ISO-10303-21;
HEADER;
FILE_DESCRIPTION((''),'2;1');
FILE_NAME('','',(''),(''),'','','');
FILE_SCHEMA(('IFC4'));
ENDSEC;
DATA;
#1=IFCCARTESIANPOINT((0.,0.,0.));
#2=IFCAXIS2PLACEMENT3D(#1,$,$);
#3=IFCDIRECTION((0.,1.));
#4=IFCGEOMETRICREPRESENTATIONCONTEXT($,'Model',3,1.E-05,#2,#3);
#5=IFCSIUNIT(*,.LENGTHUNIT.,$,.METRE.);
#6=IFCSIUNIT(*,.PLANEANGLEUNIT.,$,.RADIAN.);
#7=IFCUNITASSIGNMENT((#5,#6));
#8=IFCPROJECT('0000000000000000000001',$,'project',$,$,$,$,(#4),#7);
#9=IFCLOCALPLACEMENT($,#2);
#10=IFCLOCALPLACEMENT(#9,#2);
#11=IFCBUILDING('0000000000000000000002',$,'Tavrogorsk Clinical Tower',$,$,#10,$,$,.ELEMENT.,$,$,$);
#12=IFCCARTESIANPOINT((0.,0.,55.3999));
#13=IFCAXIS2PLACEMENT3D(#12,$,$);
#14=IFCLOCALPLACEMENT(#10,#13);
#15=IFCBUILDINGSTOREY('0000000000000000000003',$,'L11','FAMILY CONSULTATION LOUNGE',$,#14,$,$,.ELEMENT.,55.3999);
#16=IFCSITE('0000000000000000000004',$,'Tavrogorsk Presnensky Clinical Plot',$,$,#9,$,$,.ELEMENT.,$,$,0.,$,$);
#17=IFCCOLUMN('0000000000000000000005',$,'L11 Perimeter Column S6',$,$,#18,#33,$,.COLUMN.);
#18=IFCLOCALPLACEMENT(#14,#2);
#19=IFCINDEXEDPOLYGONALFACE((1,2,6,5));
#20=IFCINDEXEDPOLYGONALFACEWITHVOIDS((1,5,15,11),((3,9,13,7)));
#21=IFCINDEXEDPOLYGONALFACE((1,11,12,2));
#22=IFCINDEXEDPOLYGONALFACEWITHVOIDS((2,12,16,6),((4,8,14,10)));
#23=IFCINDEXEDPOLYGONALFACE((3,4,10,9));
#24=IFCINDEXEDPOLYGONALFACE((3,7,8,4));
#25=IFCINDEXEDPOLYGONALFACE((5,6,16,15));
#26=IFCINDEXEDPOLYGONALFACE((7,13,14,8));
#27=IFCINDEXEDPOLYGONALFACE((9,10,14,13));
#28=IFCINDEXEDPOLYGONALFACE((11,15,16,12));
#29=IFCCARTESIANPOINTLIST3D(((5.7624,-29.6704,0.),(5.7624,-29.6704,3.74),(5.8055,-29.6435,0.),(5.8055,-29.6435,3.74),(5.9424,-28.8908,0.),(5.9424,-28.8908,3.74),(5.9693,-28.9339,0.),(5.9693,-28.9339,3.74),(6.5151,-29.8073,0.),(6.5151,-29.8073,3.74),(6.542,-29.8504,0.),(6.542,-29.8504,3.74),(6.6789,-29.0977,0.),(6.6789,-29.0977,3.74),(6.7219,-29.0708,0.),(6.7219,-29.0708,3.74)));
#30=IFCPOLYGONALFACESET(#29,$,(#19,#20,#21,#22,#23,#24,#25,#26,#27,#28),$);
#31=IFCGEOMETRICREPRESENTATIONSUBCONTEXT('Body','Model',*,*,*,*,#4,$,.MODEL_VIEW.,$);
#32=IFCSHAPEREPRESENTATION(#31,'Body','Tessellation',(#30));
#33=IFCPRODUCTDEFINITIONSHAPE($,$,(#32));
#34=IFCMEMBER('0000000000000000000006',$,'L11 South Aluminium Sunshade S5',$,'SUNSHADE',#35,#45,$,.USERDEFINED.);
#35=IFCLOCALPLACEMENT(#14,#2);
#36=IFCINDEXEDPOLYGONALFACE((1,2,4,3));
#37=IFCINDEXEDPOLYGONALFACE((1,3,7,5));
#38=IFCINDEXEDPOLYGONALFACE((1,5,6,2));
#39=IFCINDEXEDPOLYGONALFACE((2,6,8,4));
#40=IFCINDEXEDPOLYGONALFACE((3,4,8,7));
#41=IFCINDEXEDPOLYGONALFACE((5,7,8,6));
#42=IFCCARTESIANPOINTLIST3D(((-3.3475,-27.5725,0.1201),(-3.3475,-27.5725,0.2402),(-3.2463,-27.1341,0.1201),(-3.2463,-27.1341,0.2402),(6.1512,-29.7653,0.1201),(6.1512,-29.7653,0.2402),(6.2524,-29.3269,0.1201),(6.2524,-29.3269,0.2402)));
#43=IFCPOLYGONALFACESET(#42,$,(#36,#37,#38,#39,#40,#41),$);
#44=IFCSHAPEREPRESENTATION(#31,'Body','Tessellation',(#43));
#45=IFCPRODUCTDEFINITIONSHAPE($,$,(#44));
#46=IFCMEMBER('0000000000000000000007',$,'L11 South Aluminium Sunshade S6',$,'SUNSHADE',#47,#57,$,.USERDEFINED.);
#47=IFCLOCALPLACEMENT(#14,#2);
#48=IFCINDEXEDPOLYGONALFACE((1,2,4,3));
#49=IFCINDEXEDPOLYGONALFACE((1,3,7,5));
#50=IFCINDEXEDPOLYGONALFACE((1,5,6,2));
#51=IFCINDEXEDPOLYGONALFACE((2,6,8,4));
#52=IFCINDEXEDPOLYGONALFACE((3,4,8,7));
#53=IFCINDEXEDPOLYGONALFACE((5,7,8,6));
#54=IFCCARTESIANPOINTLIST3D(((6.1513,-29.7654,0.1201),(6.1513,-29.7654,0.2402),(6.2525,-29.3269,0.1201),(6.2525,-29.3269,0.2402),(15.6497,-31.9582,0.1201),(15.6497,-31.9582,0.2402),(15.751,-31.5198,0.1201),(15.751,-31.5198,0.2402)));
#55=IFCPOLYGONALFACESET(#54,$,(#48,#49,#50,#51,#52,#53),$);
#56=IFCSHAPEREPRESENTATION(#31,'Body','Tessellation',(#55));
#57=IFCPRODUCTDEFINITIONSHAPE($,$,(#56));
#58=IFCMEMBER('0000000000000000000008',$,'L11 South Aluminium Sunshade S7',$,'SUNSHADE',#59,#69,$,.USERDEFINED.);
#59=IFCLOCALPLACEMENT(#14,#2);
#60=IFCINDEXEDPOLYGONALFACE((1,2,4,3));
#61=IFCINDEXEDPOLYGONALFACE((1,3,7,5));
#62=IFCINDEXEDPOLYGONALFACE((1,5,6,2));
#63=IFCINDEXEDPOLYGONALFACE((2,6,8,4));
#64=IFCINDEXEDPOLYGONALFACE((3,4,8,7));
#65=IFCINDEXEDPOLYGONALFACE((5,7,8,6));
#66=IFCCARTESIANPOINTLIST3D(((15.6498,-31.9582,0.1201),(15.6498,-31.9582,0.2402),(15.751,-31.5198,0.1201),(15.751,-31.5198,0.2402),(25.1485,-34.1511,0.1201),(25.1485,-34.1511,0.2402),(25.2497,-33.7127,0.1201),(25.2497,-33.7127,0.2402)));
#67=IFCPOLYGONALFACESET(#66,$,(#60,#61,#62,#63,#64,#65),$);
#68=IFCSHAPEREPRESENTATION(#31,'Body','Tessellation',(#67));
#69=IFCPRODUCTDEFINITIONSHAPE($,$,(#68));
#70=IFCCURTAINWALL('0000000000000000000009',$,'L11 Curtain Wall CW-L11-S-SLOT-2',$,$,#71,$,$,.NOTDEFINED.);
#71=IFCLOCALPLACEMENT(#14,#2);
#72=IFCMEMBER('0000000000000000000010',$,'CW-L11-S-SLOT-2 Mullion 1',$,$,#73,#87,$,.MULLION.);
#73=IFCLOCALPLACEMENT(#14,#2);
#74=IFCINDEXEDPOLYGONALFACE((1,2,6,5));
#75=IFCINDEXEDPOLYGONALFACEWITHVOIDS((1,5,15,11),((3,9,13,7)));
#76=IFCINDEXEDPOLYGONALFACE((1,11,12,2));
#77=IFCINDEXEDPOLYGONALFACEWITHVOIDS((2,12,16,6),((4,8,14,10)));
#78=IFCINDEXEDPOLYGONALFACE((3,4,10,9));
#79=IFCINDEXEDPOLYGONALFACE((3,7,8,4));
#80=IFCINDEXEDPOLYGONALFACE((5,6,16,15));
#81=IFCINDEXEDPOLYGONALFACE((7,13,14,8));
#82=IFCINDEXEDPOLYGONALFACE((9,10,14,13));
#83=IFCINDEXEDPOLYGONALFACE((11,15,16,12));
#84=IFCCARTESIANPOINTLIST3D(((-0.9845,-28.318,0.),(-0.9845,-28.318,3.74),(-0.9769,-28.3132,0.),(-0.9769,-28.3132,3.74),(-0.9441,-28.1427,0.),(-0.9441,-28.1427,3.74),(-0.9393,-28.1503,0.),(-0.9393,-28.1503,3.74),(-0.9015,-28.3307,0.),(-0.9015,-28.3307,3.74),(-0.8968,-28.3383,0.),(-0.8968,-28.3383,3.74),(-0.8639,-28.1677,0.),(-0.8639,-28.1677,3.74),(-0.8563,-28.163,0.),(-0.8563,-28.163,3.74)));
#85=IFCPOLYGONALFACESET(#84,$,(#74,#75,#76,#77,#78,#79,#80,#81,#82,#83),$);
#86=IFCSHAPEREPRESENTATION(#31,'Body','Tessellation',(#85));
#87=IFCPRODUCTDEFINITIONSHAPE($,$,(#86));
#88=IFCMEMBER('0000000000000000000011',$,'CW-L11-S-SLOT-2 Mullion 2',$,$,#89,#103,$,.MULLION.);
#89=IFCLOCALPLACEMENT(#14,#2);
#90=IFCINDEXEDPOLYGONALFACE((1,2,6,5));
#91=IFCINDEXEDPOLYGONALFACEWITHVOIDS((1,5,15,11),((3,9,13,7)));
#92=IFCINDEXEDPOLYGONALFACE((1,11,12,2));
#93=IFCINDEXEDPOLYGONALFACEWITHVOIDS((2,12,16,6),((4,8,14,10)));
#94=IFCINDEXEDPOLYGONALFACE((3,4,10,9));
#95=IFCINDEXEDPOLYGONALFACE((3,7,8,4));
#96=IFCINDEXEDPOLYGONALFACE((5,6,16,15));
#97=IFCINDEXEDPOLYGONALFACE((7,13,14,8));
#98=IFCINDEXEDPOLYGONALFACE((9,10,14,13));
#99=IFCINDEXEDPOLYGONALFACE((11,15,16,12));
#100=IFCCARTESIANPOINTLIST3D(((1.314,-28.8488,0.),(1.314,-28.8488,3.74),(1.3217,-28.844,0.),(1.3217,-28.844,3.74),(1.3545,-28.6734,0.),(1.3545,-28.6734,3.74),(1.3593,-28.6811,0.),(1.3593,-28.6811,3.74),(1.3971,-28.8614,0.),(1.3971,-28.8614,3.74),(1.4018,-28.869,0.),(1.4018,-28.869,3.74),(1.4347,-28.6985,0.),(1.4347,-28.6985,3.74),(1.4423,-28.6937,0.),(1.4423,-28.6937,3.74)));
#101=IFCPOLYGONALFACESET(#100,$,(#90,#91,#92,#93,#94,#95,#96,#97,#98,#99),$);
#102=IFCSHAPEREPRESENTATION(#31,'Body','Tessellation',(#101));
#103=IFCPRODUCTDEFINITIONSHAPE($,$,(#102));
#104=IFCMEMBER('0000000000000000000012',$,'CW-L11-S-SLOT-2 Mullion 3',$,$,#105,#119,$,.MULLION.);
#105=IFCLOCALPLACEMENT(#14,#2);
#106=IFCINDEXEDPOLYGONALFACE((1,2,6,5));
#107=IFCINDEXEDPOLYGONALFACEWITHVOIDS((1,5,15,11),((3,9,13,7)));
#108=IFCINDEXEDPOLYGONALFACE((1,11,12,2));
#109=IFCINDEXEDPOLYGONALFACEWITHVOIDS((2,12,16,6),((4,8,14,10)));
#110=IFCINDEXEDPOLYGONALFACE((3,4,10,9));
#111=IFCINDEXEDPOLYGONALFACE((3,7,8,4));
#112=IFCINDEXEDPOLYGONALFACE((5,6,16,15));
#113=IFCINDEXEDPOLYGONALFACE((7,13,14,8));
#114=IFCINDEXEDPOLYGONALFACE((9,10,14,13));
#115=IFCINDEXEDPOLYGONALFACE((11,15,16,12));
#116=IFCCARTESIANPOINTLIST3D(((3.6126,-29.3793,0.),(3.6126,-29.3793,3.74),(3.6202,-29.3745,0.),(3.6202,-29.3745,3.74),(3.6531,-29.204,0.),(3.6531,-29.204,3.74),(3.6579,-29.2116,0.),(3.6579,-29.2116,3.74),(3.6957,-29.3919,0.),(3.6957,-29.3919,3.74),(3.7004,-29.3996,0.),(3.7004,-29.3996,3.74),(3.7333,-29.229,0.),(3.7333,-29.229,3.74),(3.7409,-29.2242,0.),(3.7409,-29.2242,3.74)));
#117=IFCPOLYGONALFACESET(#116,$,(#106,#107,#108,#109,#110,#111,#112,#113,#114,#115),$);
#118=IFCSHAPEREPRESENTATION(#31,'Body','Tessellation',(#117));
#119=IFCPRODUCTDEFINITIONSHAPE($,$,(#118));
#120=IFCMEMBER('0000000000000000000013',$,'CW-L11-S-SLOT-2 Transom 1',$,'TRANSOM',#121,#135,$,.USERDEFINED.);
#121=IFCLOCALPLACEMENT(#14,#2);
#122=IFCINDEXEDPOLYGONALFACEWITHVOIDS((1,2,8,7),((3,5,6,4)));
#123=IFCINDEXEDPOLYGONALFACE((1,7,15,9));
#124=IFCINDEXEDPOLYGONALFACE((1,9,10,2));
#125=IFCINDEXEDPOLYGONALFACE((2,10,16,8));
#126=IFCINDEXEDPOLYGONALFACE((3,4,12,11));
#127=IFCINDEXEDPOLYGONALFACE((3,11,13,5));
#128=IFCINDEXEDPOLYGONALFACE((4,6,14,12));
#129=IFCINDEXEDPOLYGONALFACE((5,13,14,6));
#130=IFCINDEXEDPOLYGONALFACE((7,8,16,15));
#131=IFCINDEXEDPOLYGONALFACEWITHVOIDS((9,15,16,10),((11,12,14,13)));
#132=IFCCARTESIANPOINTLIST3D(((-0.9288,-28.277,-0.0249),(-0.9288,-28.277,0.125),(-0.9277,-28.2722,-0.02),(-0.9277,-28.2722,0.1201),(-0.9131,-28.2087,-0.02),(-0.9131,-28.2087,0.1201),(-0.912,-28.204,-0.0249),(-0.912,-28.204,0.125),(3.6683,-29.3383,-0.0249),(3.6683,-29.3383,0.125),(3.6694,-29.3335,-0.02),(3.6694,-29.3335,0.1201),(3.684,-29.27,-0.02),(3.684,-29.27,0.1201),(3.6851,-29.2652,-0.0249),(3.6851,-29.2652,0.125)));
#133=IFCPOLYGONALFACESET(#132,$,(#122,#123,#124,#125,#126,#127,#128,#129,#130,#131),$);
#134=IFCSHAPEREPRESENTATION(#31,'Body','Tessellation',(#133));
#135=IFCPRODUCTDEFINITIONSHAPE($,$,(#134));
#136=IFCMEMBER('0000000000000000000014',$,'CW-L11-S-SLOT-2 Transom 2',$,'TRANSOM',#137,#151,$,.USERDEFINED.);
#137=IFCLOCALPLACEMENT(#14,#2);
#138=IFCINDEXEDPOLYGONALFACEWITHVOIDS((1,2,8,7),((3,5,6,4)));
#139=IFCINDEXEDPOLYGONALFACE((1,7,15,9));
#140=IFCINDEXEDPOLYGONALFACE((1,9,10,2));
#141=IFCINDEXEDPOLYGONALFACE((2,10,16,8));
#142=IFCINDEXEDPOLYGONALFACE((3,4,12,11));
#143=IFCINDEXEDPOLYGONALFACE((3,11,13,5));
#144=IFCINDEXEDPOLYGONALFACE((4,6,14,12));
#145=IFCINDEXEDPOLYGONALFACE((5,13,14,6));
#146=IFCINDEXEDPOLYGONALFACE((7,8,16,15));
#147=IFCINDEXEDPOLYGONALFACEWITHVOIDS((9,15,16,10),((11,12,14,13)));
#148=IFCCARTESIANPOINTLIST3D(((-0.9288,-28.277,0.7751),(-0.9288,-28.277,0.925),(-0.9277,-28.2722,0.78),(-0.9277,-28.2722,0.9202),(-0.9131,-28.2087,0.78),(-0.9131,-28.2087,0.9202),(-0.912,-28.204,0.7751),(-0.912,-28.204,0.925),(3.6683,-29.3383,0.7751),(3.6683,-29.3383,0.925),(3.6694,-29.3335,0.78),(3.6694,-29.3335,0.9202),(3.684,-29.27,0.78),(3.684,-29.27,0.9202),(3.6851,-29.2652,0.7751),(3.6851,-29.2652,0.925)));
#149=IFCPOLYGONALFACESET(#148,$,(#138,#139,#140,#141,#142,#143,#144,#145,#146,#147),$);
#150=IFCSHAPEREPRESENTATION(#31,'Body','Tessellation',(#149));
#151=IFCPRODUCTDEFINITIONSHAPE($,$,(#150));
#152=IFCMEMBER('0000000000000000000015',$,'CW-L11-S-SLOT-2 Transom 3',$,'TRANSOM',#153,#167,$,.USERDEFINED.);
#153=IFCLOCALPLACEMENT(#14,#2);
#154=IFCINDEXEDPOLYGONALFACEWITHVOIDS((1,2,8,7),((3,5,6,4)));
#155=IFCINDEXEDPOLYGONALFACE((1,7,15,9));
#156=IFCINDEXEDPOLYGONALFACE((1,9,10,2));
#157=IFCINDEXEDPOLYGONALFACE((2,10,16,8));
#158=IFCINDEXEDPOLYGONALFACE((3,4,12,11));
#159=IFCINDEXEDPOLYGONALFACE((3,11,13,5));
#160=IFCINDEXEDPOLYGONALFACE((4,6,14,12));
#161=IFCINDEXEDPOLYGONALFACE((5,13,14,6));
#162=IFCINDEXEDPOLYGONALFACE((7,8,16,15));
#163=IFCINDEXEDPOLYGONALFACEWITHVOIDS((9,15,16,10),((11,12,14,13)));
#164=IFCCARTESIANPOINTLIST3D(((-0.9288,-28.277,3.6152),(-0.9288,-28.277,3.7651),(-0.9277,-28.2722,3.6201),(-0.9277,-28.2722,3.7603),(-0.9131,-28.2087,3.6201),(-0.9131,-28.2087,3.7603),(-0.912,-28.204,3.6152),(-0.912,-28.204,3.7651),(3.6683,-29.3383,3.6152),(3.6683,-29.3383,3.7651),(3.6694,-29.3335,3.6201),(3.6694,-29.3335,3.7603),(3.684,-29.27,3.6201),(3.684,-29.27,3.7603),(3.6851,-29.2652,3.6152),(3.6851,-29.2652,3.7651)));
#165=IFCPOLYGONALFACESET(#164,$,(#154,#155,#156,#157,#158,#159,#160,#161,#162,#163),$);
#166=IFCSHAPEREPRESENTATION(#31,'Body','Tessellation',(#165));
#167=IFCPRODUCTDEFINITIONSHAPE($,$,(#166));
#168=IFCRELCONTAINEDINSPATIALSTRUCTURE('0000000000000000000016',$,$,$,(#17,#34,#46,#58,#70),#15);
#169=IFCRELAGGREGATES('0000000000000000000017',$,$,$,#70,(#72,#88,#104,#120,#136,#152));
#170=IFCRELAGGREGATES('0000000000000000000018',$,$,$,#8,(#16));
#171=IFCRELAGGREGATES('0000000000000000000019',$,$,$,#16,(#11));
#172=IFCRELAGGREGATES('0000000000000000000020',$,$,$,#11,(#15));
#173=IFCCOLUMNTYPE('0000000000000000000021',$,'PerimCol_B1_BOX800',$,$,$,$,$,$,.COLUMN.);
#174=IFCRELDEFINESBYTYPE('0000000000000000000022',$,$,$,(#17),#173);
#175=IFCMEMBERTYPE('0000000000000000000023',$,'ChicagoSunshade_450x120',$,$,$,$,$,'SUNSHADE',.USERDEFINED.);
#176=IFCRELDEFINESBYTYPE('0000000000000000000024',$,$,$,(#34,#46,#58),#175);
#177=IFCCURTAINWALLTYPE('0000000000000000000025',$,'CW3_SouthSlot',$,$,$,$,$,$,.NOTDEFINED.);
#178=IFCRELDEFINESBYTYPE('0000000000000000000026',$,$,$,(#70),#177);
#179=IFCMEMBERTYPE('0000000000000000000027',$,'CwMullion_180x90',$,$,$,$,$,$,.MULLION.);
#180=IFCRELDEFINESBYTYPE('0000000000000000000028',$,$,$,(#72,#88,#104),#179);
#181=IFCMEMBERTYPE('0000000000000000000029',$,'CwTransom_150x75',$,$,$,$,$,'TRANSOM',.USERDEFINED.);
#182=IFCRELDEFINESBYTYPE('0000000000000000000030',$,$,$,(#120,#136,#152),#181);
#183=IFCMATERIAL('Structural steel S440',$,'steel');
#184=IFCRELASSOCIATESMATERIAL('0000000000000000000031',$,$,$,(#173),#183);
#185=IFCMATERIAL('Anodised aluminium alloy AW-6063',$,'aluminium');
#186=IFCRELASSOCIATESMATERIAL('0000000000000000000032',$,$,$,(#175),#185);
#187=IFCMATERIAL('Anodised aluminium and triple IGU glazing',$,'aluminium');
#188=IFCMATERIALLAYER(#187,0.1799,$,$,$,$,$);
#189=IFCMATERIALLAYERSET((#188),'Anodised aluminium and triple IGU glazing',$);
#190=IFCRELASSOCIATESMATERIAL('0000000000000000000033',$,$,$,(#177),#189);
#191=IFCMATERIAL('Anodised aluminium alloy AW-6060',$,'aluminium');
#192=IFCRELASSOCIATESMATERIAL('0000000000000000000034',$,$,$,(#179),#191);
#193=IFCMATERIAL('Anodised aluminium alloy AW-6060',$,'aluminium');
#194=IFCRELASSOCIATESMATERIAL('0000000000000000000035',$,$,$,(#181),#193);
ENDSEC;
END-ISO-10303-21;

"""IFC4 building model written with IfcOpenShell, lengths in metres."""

from ifc_helpers import new_model, si_unit, direction, frame, origin, origin_2d, place, context, subcontext, project, spatial, rectangle, hollow_rectangle, extrude, material, layer, layer_set, material_profile, profile_set, type_object, element, aggregate, save


model = new_model("IFC4")

# Units and contexts
model_context = context("Model", 3, precision=1e-05, world=origin(), true_north=direction((0.0, 1.0)))
body_context = subcontext(model_context, "Body", "Model", "MODEL_VIEW")
ifc_project = project(units=[si_unit("LENGTHUNIT", "METRE"), si_unit("PLANEANGLEUNIT", "RADIAN")], contexts=[model_context])

# Site, building, storey
site_placement = place(None, origin())
site = spatial("IfcSite", under=ifc_project, at=site_placement, Name="Tavrogorsk Presnensky Clinical Plot", CompositionType="ELEMENT", RefElevation=0.0)
building_placement = place(site_placement, origin())
building = spatial("IfcBuilding", under=site, at=building_placement, Name="Tavrogorsk Clinical Tower", CompositionType="ELEMENT")
storey_placement = place(building_placement, frame((0.0, 0.0, 55.3999)))
storey = spatial("IfcBuildingStorey", under=building, at=storey_placement, Name="L11", Description="FAMILY CONSULTATION LOUNGE", CompositionType="ELEMENT", Elevation=55.3999)

# Column
ifc_material_1 = material(Name="Structural steel S440", Category="steel")
ifc_material_profile_1 = material_profile(ifc_material_1, hollow_rectangle(XDim=0.8, YDim=0.8, WallThickness=0.0359, at=origin_2d()), Name="BOX-800x800x36")
ifc_profile_set_1 = profile_set([ifc_material_profile_1], Name="Structural steel S440")
column_type = type_object("IfcColumnType", Name="PerimCol_B1_BOX800", PredefinedType="COLUMN", material=ifc_profile_set_1)
column_placement = place(storey_placement, frame((6.2422, -29.3706, 0.0), z_axis=(0.0, 0.0, 1.0), x_axis=(0.97437, -0.224951, 0.0)))
element("IfcColumn", 1, at=column_placement, inside=storey, type_object=column_type, Name="L11 Perimeter Column S6", PredefinedType="COLUMN", context=body_context, shape_type="SweptSolid", body=[
    extrude(hollow_rectangle(XDim=0.8, YDim=0.8, WallThickness=0.0359, at=origin_2d()), origin(), (0.0, 0.0, 1.0), 3.74),
])

# Members
ifc_material_2 = material(Name="Anodised aluminium alloy AW-6063", Category="aluminium")
ifc_material_profile_2 = material_profile(ifc_material_2, rectangle(XDim=0.45, YDim=0.1201, at=origin_2d()), Name="ALU-SUNSHADE-450x120")
ifc_profile_set_2 = profile_set([ifc_material_profile_2], Name="Anodised aluminium alloy AW-6063")
member_type_1 = type_object("IfcMemberType", Name="ChicagoSunshade_450x120", ElementType="SUNSHADE", PredefinedType="USERDEFINED", material=ifc_profile_set_2)
member_1_placement = place(storey_placement, frame((-3.2969, -27.3533, 0.1802), z_axis=(0.974372, -0.224942, 0.0), x_axis=(0.224942, 0.974372, 0.0)))
element("IfcMember", 2, at=member_1_placement, inside=storey, type_object=member_type_1, Name="L11 South Aluminium Sunshade S5", ObjectType="SUNSHADE", PredefinedType="USERDEFINED", context=body_context, shape_type="SweptSolid", body=[
    extrude(rectangle(XDim=0.45, YDim=0.1201, at=origin_2d()), origin(), (0.0, 0.0, 1.0), 9.7485),
])
member_2_placement = place(storey_placement, frame((6.2019, -29.5461, 0.1802), z_axis=(0.974371, -0.224947, 0.0), x_axis=(0.224947, 0.974371, 0.0)))
element("IfcMember", 3, at=member_2_placement, inside=storey, type_object=member_type_1, Name="L11 South Aluminium Sunshade S6", ObjectType="SUNSHADE", PredefinedType="USERDEFINED", context=body_context, shape_type="SweptSolid", body=[
    extrude(rectangle(XDim=0.45, YDim=0.1201, at=origin_2d()), origin(), (0.0, 0.0, 1.0), 9.7483),
])
member_3_placement = place(storey_placement, frame((15.7004, -31.739, 0.1802), z_axis=(0.974372, -0.224942, 0.0), x_axis=(0.224942, 0.974372, 0.0)))
element("IfcMember", 4, at=member_3_placement, inside=storey, type_object=member_type_1, Name="L11 South Aluminium Sunshade S7", ObjectType="SUNSHADE", PredefinedType="USERDEFINED", context=body_context, shape_type="SweptSolid", body=[
    extrude(rectangle(XDim=0.45, YDim=0.1201, at=origin_2d()), origin(), (0.0, 0.0, 1.0), 9.7485),
])

# Curtain wall, members
ifc_material_3 = material(Name="Anodised aluminium and triple IGU glazing", Category="aluminium")
ifc_layer_1 = layer(ifc_material_3, 0.1799)
ifc_layer_set_1 = layer_set([ifc_layer_1], Name="Anodised aluminium and triple IGU glazing")
curtain_wall_type = type_object("IfcCurtainWallType", Name="CW3_SouthSlot", PredefinedType="NOTDEFINED", material=ifc_layer_set_1)
curtain_wall_placement = place(storey_placement, origin())
curtain_wall = element("IfcCurtainWall", 5, at=curtain_wall_placement, inside=storey, type_object=curtain_wall_type, Name="L11 Curtain Wall CW-L11-S-SLOT-2", PredefinedType="NOTDEFINED")
ifc_material_4 = material(Name="Anodised aluminium alloy AW-6060", Category="aluminium")
ifc_material_profile_3 = material_profile(ifc_material_4, hollow_rectangle(XDim=0.0901, YDim=0.1799, WallThickness=0.0063, at=origin_2d()), Name="RHS-180x90x6.3")
ifc_profile_set_3 = profile_set([ifc_material_profile_3], Name="Anodised aluminium alloy AW-6060")
member_type_2 = type_object("IfcMemberType", Name="CwMullion_180x90", PredefinedType="MULLION", material=ifc_profile_set_3)
member_4_placement = place(storey_placement, frame((-0.9204, -28.2405, 0.0), z_axis=(0.0, 0.0, 1.0), x_axis=(0.97437, -0.224951, 0.0)))
member_4 = element("IfcMember", 6, at=member_4_placement, type_object=member_type_2, Name="CW-L11-S-SLOT-2 Mullion 1", PredefinedType="MULLION", context=body_context, shape_type="SweptSolid", body=[
    extrude(hollow_rectangle(XDim=0.0901, YDim=0.1799, WallThickness=0.0063, at=origin_2d()), origin(), (0.0, 0.0, 1.0), 3.74),
])
member_5_placement = place(storey_placement, frame((1.3782, -28.7712, 0.0), z_axis=(0.0, 0.0, 1.0), x_axis=(0.97437, -0.224951, 0.0)))
member_5 = element("IfcMember", 7, at=member_5_placement, type_object=member_type_2, Name="CW-L11-S-SLOT-2 Mullion 2", PredefinedType="MULLION", context=body_context, shape_type="SweptSolid", body=[
    extrude(hollow_rectangle(XDim=0.0901, YDim=0.1799, WallThickness=0.0063, at=origin_2d()), origin(), (0.0, 0.0, 1.0), 3.74),
])
member_6_placement = place(storey_placement, frame((3.6768, -29.3018, 0.0), z_axis=(0.0, 0.0, 1.0), x_axis=(0.97437, -0.224951, 0.0)))
member_6 = element("IfcMember", 8, at=member_6_placement, type_object=member_type_2, Name="CW-L11-S-SLOT-2 Mullion 3", PredefinedType="MULLION", context=body_context, shape_type="SweptSolid", body=[
    extrude(hollow_rectangle(XDim=0.0901, YDim=0.1799, WallThickness=0.0063, at=origin_2d()), origin(), (0.0, 0.0, 1.0), 3.74),
])
ifc_material_5 = material(Name="Anodised aluminium alloy AW-6060", Category="aluminium")
ifc_material_profile_4 = material_profile(ifc_material_5, hollow_rectangle(XDim=0.075, YDim=0.1499, WallThickness=0.0049, at=origin_2d()), Name="RHS-150x75x5")
ifc_profile_set_4 = profile_set([ifc_material_profile_4], Name="Anodised aluminium alloy AW-6060")
member_type_3 = type_object("IfcMemberType", Name="CwTransom_150x75", ElementType="TRANSOM", PredefinedType="USERDEFINED", material=ifc_profile_set_4)
member_7_placement = place(storey_placement, frame((-0.9204, -28.2405, 0.05), z_axis=(0.974373, -0.224939, 0.0), x_axis=(0.224939, 0.974373, 0.0)))
member_7 = element("IfcMember", 9, at=member_7_placement, type_object=member_type_3, Name="CW-L11-S-SLOT-2 Transom 1", ObjectType="TRANSOM", PredefinedType="USERDEFINED", context=body_context, shape_type="SweptSolid", body=[
    extrude(hollow_rectangle(XDim=0.075, YDim=0.1499, WallThickness=0.0049, at=origin_2d()), origin(), (0.0, 0.0, 1.0), 4.718),
])
member_8_placement = place(storey_placement, frame((-0.9204, -28.2405, 0.8501), z_axis=(0.974373, -0.224939, 0.0), x_axis=(0.224939, 0.974373, 0.0)))
member_8 = element("IfcMember", 10, at=member_8_placement, type_object=member_type_3, Name="CW-L11-S-SLOT-2 Transom 2", ObjectType="TRANSOM", PredefinedType="USERDEFINED", context=body_context, shape_type="SweptSolid", body=[
    extrude(hollow_rectangle(XDim=0.075, YDim=0.1499, WallThickness=0.0049, at=origin_2d()), origin(), (0.0, 0.0, 1.0), 4.718),
])
member_9_placement = place(storey_placement, frame((-0.9204, -28.2405, 3.6902), z_axis=(0.974373, -0.224939, 0.0), x_axis=(0.224939, 0.974373, 0.0)))
member_9 = element("IfcMember", 11, at=member_9_placement, type_object=member_type_3, Name="CW-L11-S-SLOT-2 Transom 3", ObjectType="TRANSOM", PredefinedType="USERDEFINED", context=body_context, shape_type="SweptSolid", body=[
    extrude(hollow_rectangle(XDim=0.075, YDim=0.1499, WallThickness=0.0049, at=origin_2d()), origin(), (0.0, 0.0, 1.0), 4.718),
])

aggregate(curtain_wall, [member_4, member_5, member_6, member_7, member_8, member_9])

save(model, "model.ifc")
